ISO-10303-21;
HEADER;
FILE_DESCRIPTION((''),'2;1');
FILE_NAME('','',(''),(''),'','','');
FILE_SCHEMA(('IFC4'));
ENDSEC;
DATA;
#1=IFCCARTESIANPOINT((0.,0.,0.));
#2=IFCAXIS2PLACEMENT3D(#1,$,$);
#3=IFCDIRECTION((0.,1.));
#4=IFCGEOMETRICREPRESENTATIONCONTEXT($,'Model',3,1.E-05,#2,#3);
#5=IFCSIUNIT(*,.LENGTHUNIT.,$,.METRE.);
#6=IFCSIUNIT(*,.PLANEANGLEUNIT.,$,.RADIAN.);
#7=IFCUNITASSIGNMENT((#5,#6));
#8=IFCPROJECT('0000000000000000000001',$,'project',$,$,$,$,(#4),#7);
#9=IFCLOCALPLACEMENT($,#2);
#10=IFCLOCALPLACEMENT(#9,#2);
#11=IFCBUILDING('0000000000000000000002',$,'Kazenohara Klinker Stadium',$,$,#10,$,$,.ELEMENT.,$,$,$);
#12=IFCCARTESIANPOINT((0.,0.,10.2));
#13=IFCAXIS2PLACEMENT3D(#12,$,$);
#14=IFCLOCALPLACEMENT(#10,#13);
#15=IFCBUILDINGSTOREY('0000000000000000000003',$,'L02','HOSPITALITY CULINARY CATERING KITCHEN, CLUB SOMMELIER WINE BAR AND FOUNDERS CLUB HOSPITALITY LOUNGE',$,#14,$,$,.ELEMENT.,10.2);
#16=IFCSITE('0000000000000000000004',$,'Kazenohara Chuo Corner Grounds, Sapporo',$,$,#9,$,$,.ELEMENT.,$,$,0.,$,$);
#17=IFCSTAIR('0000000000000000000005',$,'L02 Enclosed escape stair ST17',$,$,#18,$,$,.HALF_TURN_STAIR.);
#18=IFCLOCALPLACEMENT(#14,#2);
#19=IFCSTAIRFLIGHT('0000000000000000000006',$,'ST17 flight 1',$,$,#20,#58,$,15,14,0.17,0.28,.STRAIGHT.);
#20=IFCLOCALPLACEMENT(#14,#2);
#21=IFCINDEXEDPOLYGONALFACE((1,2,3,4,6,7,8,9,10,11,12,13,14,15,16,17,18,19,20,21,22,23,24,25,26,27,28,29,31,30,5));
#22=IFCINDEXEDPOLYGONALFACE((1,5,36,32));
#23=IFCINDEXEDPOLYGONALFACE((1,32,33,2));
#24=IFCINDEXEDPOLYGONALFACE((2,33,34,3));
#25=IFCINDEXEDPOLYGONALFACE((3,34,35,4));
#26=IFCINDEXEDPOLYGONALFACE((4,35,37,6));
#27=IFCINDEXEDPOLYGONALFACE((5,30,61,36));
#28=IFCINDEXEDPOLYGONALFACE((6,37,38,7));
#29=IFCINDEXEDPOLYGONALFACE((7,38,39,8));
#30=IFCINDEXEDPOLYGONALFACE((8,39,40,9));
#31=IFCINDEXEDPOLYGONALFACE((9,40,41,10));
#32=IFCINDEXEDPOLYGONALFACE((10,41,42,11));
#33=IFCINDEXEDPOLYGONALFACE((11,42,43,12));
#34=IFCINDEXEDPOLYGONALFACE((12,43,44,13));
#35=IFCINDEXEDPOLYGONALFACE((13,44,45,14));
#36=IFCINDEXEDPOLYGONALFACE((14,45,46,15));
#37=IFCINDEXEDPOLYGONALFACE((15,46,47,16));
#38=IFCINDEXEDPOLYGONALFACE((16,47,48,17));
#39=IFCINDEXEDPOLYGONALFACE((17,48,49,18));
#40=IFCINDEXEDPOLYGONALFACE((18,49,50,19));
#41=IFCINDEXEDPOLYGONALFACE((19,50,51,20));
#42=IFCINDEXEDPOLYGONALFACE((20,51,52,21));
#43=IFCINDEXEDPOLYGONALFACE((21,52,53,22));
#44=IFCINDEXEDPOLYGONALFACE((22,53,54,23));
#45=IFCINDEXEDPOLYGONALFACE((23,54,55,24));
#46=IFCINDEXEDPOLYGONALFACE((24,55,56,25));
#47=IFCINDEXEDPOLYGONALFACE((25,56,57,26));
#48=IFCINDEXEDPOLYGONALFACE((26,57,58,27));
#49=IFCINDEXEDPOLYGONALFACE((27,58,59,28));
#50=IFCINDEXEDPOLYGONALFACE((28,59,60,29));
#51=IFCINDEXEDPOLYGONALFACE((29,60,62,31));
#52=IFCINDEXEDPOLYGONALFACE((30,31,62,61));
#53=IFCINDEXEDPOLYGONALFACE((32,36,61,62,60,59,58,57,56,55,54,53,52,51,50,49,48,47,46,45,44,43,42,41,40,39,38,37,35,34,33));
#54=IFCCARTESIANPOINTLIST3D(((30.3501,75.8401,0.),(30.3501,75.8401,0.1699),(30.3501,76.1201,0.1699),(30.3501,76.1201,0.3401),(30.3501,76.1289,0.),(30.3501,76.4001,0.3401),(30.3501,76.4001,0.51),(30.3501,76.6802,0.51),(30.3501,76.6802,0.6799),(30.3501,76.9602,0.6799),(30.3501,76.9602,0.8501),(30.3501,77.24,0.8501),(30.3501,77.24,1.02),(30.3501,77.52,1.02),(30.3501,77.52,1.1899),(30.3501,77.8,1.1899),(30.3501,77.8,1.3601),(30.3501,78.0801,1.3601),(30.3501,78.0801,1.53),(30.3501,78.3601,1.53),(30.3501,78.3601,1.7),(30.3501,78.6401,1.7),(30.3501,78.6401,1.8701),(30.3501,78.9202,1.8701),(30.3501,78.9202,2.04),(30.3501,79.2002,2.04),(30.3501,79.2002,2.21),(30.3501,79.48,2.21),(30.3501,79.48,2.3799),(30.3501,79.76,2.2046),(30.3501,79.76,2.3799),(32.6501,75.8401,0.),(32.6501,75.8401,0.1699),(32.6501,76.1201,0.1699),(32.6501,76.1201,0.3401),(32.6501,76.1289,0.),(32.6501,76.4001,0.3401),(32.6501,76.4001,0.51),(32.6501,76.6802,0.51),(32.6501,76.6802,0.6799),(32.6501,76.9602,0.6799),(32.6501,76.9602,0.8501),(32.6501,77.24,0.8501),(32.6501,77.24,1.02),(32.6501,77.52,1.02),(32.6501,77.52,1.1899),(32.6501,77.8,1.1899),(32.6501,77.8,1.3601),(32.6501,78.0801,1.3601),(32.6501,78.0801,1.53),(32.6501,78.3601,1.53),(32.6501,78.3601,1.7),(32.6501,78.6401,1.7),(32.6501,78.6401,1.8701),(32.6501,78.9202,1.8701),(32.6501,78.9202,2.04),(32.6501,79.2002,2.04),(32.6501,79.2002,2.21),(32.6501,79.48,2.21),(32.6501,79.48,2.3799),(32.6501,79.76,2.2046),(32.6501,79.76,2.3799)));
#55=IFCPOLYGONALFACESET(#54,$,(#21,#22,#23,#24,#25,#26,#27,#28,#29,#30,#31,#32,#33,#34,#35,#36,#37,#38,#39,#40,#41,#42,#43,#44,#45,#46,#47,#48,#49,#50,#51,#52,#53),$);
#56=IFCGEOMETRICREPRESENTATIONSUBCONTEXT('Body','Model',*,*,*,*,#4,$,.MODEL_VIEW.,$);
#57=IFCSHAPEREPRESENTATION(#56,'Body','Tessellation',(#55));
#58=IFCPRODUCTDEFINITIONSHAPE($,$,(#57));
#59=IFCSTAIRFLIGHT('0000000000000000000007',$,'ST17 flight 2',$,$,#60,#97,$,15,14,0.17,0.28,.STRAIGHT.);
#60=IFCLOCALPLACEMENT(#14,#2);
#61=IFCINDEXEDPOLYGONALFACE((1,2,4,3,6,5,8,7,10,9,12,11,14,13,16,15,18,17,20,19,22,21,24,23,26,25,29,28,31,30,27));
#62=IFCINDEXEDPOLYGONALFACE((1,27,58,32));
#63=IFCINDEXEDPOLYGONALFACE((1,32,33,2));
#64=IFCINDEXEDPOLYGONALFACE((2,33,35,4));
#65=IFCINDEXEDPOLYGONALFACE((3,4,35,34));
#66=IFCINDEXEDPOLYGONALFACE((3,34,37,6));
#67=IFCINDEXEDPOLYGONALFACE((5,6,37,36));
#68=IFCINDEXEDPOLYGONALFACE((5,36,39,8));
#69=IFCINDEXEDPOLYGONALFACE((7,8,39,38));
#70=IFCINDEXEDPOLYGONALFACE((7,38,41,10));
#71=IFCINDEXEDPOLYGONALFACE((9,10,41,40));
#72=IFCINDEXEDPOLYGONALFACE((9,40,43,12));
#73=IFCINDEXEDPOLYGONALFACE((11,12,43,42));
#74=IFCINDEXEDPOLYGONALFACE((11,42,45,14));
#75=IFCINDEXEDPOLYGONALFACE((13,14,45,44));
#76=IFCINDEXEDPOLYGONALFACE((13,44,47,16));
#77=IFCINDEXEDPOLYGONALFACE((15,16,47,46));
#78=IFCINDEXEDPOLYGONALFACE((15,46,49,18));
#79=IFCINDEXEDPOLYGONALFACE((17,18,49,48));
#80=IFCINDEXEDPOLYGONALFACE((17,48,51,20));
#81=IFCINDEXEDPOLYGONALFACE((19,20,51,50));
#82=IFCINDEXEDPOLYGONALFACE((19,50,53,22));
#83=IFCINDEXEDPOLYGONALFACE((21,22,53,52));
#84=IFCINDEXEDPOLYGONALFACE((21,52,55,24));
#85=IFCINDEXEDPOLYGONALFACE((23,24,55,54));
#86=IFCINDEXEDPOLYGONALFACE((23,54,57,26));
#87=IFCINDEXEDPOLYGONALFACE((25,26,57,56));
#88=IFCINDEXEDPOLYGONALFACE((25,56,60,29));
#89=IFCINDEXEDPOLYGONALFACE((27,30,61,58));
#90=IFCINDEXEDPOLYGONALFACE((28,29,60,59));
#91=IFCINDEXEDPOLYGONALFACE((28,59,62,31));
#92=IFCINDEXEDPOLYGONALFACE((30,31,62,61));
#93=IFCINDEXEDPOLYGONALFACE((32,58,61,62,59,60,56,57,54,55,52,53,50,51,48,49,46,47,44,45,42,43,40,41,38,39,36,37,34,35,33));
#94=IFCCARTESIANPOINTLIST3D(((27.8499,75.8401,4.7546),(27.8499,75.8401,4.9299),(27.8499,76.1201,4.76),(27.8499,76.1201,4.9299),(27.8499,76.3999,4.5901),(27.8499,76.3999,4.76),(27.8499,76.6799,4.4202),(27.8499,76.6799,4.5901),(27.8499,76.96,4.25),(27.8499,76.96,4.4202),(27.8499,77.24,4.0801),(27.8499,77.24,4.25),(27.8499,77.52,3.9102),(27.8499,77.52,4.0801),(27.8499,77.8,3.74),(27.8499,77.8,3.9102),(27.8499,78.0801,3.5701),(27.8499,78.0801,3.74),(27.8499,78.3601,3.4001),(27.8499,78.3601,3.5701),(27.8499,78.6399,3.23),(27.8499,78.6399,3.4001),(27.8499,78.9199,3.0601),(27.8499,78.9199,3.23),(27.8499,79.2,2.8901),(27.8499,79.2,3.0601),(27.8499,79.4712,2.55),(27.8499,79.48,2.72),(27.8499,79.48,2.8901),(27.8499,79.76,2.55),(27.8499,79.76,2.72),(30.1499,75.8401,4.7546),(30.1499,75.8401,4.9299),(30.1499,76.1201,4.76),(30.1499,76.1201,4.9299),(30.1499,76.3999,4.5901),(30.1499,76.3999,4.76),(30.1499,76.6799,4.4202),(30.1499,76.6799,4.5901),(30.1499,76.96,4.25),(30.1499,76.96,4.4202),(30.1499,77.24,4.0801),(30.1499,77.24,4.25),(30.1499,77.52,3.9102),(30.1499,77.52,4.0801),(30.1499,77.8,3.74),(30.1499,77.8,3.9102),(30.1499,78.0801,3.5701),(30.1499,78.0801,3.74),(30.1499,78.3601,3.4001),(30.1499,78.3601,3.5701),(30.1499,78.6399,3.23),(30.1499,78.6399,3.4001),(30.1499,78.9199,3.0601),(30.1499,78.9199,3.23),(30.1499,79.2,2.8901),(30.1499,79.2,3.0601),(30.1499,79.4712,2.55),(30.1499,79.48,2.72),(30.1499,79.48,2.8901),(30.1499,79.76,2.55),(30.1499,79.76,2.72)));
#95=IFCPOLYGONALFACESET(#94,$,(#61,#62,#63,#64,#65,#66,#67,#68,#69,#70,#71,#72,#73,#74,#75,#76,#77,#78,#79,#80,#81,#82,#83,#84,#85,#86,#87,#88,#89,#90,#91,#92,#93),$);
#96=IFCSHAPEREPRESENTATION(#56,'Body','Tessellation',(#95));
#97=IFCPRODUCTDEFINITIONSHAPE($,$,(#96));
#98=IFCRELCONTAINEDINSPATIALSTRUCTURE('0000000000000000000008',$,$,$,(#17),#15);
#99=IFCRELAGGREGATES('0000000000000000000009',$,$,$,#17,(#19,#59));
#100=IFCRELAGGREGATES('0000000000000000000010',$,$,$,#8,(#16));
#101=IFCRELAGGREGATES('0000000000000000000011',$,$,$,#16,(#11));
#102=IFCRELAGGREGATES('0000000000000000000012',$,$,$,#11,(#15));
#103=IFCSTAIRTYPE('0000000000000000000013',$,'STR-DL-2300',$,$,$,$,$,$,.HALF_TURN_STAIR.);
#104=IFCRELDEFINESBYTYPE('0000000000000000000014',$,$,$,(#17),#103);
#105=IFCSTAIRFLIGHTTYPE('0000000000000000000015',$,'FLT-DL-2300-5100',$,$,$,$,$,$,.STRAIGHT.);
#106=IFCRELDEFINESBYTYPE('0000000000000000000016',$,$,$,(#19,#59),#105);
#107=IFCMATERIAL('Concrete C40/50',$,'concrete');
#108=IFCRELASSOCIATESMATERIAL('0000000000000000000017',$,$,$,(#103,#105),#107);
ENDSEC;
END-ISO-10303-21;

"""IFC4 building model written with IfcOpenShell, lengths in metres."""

from ifc_helpers import new_model, si_unit, direction, frame, origin, place, context, subcontext, project, spatial, polyline, outline, extrude, material, type_object, element, aggregate, save


model = new_model("IFC4")

# Units and contexts
model_context = context("Model", 3, precision=1e-05, world=origin(), true_north=direction((0.0, 1.0)))
body_context = subcontext(model_context, "Body", "Model", "MODEL_VIEW")
ifc_project = project(units=[si_unit("LENGTHUNIT", "METRE"), si_unit("PLANEANGLEUNIT", "RADIAN")], contexts=[model_context])

# Site, building, storey
site_placement = place(None, origin())
site = spatial("IfcSite", under=ifc_project, at=site_placement, Name="Kazenohara Chuo Corner Grounds, Sapporo", CompositionType="ELEMENT", RefElevation=0.0)
building_placement = place(site_placement, origin())
building = spatial("IfcBuilding", under=site, at=building_placement, Name="Kazenohara Klinker Stadium", CompositionType="ELEMENT")
storey_placement = place(building_placement, frame((0.0, 0.0, 10.2)))
storey = spatial("IfcBuildingStorey", under=building, at=storey_placement, Name="L02", Description="HOSPITALITY CULINARY CATERING KITCHEN, CLUB SOMMELIER WINE BAR AND FOUNDERS CLUB HOSPITALITY LOUNGE", CompositionType="ELEMENT", Elevation=10.2)

# Shared definitions
ifc_material_1 = material(Name="Concrete C40/50", Category="concrete")

# Stair, stair flights
stair_type = type_object("IfcStairType", Name="STR-DL-2300", PredefinedType="HALF_TURN_STAIR", material=ifc_material_1)
stair_placement = place(storey_placement, origin())
stair = element("IfcStair", 1, at=stair_placement, inside=storey, type_object=stair_type, Name="L02 Enclosed escape stair ST17", PredefinedType="HALF_TURN_STAIR")
stair_flight_type = type_object("IfcStairFlightType", Name="FLT-DL-2300-5100", PredefinedType="STRAIGHT", material=ifc_material_1)
stair_flight_1_placement = place(storey_placement, frame((31.5, 75.8401, 0.0), z_axis=(0.0, 0.0, 1.0), x_axis=(0.0, 1.0, 0.0)))
stair_flight_1 = element("IfcStairFlight", 2, at=stair_flight_1_placement, type_object=stair_flight_type, Name="ST17 flight 1", NumberOfRisers=15, NumberOfTreads=14, PredefinedType="STRAIGHT", RiserHeight=0.17, TreadLength=0.28, context=body_context, shape_type="SweptSolid", body=[
    extrude(outline(polyline([(0.0, 0.0), (0.0, 0.1699), (0.28, 0.1699), (0.28, 0.3401), (0.5601, 0.3401), (0.5601, 0.51), (0.8401, 0.51), (0.8401, 0.6799), (1.1201, 0.6799), (1.1201, 0.8501), (1.3999, 0.8501), (1.3999, 1.02), (1.6799, 1.02), (1.6799, 1.1899), (1.96, 1.1899), (1.96, 1.3601), (2.24, 1.3601), (2.24, 1.53), (2.52, 1.53), (2.52, 1.7), (2.8, 1.7), (2.8, 1.8701), (3.0801, 1.8701), (3.0801, 2.04), (3.3601, 2.04), (3.3601, 2.21), (3.6399, 2.21), (3.6399, 2.3799), (3.9199, 2.3799), (3.9199, 2.55), (3.9199, 2.2046), (0.2888, 0.0), (0.0, 0.0)])), frame((0.0, 1.1499, 0.0), z_axis=(0.0, -1.0, 0.0), x_axis=(1.0, 0.0, 0.0)), (0.0, 0.0, 1.0), 2.3),
])
stair_flight_2_placement = place(storey_placement, frame((29.0, 79.76, 2.55), z_axis=(0.0, 0.0, 1.0), x_axis=(0.0, -1.0, 0.0)))
stair_flight_2 = element("IfcStairFlight", 3, at=stair_flight_2_placement, type_object=stair_flight_type, Name="ST17 flight 2", NumberOfRisers=15, NumberOfTreads=14, PredefinedType="STRAIGHT", RiserHeight=0.17, TreadLength=0.28, context=body_context, shape_type="SweptSolid", body=[
    extrude(outline(polyline([(0.0, 0.0), (0.0, 0.1699), (0.28, 0.1699), (0.28, 0.3401), (0.5601, 0.3401), (0.5601, 0.51), (0.8401, 0.51), (0.8401, 0.6799), (1.1201, 0.6799), (1.1201, 0.8501), (1.3999, 0.8501), (1.3999, 1.02), (1.6799, 1.02), (1.6799, 1.1899), (1.96, 1.1899), (1.96, 1.3601), (2.24, 1.3601), (2.24, 1.53), (2.52, 1.53), (2.52, 1.7), (2.8, 1.7), (2.8, 1.8701), (3.0801, 1.8701), (3.0801, 2.04), (3.3601, 2.04), (3.3601, 2.21), (3.6399, 2.21), (3.6399, 2.3799), (3.9199, 2.3799), (3.9199, 2.55), (3.9199, 2.2046), (0.2888, 0.0), (0.0, 0.0)])), frame((0.0, 1.1499, 0.0), z_axis=(0.0, -1.0, 0.0), x_axis=(1.0, 0.0, 0.0)), (0.0, 0.0, 1.0), 2.3),
])
aggregate(stair, [stair_flight_1, stair_flight_2])

save(model, "model.ifc")
